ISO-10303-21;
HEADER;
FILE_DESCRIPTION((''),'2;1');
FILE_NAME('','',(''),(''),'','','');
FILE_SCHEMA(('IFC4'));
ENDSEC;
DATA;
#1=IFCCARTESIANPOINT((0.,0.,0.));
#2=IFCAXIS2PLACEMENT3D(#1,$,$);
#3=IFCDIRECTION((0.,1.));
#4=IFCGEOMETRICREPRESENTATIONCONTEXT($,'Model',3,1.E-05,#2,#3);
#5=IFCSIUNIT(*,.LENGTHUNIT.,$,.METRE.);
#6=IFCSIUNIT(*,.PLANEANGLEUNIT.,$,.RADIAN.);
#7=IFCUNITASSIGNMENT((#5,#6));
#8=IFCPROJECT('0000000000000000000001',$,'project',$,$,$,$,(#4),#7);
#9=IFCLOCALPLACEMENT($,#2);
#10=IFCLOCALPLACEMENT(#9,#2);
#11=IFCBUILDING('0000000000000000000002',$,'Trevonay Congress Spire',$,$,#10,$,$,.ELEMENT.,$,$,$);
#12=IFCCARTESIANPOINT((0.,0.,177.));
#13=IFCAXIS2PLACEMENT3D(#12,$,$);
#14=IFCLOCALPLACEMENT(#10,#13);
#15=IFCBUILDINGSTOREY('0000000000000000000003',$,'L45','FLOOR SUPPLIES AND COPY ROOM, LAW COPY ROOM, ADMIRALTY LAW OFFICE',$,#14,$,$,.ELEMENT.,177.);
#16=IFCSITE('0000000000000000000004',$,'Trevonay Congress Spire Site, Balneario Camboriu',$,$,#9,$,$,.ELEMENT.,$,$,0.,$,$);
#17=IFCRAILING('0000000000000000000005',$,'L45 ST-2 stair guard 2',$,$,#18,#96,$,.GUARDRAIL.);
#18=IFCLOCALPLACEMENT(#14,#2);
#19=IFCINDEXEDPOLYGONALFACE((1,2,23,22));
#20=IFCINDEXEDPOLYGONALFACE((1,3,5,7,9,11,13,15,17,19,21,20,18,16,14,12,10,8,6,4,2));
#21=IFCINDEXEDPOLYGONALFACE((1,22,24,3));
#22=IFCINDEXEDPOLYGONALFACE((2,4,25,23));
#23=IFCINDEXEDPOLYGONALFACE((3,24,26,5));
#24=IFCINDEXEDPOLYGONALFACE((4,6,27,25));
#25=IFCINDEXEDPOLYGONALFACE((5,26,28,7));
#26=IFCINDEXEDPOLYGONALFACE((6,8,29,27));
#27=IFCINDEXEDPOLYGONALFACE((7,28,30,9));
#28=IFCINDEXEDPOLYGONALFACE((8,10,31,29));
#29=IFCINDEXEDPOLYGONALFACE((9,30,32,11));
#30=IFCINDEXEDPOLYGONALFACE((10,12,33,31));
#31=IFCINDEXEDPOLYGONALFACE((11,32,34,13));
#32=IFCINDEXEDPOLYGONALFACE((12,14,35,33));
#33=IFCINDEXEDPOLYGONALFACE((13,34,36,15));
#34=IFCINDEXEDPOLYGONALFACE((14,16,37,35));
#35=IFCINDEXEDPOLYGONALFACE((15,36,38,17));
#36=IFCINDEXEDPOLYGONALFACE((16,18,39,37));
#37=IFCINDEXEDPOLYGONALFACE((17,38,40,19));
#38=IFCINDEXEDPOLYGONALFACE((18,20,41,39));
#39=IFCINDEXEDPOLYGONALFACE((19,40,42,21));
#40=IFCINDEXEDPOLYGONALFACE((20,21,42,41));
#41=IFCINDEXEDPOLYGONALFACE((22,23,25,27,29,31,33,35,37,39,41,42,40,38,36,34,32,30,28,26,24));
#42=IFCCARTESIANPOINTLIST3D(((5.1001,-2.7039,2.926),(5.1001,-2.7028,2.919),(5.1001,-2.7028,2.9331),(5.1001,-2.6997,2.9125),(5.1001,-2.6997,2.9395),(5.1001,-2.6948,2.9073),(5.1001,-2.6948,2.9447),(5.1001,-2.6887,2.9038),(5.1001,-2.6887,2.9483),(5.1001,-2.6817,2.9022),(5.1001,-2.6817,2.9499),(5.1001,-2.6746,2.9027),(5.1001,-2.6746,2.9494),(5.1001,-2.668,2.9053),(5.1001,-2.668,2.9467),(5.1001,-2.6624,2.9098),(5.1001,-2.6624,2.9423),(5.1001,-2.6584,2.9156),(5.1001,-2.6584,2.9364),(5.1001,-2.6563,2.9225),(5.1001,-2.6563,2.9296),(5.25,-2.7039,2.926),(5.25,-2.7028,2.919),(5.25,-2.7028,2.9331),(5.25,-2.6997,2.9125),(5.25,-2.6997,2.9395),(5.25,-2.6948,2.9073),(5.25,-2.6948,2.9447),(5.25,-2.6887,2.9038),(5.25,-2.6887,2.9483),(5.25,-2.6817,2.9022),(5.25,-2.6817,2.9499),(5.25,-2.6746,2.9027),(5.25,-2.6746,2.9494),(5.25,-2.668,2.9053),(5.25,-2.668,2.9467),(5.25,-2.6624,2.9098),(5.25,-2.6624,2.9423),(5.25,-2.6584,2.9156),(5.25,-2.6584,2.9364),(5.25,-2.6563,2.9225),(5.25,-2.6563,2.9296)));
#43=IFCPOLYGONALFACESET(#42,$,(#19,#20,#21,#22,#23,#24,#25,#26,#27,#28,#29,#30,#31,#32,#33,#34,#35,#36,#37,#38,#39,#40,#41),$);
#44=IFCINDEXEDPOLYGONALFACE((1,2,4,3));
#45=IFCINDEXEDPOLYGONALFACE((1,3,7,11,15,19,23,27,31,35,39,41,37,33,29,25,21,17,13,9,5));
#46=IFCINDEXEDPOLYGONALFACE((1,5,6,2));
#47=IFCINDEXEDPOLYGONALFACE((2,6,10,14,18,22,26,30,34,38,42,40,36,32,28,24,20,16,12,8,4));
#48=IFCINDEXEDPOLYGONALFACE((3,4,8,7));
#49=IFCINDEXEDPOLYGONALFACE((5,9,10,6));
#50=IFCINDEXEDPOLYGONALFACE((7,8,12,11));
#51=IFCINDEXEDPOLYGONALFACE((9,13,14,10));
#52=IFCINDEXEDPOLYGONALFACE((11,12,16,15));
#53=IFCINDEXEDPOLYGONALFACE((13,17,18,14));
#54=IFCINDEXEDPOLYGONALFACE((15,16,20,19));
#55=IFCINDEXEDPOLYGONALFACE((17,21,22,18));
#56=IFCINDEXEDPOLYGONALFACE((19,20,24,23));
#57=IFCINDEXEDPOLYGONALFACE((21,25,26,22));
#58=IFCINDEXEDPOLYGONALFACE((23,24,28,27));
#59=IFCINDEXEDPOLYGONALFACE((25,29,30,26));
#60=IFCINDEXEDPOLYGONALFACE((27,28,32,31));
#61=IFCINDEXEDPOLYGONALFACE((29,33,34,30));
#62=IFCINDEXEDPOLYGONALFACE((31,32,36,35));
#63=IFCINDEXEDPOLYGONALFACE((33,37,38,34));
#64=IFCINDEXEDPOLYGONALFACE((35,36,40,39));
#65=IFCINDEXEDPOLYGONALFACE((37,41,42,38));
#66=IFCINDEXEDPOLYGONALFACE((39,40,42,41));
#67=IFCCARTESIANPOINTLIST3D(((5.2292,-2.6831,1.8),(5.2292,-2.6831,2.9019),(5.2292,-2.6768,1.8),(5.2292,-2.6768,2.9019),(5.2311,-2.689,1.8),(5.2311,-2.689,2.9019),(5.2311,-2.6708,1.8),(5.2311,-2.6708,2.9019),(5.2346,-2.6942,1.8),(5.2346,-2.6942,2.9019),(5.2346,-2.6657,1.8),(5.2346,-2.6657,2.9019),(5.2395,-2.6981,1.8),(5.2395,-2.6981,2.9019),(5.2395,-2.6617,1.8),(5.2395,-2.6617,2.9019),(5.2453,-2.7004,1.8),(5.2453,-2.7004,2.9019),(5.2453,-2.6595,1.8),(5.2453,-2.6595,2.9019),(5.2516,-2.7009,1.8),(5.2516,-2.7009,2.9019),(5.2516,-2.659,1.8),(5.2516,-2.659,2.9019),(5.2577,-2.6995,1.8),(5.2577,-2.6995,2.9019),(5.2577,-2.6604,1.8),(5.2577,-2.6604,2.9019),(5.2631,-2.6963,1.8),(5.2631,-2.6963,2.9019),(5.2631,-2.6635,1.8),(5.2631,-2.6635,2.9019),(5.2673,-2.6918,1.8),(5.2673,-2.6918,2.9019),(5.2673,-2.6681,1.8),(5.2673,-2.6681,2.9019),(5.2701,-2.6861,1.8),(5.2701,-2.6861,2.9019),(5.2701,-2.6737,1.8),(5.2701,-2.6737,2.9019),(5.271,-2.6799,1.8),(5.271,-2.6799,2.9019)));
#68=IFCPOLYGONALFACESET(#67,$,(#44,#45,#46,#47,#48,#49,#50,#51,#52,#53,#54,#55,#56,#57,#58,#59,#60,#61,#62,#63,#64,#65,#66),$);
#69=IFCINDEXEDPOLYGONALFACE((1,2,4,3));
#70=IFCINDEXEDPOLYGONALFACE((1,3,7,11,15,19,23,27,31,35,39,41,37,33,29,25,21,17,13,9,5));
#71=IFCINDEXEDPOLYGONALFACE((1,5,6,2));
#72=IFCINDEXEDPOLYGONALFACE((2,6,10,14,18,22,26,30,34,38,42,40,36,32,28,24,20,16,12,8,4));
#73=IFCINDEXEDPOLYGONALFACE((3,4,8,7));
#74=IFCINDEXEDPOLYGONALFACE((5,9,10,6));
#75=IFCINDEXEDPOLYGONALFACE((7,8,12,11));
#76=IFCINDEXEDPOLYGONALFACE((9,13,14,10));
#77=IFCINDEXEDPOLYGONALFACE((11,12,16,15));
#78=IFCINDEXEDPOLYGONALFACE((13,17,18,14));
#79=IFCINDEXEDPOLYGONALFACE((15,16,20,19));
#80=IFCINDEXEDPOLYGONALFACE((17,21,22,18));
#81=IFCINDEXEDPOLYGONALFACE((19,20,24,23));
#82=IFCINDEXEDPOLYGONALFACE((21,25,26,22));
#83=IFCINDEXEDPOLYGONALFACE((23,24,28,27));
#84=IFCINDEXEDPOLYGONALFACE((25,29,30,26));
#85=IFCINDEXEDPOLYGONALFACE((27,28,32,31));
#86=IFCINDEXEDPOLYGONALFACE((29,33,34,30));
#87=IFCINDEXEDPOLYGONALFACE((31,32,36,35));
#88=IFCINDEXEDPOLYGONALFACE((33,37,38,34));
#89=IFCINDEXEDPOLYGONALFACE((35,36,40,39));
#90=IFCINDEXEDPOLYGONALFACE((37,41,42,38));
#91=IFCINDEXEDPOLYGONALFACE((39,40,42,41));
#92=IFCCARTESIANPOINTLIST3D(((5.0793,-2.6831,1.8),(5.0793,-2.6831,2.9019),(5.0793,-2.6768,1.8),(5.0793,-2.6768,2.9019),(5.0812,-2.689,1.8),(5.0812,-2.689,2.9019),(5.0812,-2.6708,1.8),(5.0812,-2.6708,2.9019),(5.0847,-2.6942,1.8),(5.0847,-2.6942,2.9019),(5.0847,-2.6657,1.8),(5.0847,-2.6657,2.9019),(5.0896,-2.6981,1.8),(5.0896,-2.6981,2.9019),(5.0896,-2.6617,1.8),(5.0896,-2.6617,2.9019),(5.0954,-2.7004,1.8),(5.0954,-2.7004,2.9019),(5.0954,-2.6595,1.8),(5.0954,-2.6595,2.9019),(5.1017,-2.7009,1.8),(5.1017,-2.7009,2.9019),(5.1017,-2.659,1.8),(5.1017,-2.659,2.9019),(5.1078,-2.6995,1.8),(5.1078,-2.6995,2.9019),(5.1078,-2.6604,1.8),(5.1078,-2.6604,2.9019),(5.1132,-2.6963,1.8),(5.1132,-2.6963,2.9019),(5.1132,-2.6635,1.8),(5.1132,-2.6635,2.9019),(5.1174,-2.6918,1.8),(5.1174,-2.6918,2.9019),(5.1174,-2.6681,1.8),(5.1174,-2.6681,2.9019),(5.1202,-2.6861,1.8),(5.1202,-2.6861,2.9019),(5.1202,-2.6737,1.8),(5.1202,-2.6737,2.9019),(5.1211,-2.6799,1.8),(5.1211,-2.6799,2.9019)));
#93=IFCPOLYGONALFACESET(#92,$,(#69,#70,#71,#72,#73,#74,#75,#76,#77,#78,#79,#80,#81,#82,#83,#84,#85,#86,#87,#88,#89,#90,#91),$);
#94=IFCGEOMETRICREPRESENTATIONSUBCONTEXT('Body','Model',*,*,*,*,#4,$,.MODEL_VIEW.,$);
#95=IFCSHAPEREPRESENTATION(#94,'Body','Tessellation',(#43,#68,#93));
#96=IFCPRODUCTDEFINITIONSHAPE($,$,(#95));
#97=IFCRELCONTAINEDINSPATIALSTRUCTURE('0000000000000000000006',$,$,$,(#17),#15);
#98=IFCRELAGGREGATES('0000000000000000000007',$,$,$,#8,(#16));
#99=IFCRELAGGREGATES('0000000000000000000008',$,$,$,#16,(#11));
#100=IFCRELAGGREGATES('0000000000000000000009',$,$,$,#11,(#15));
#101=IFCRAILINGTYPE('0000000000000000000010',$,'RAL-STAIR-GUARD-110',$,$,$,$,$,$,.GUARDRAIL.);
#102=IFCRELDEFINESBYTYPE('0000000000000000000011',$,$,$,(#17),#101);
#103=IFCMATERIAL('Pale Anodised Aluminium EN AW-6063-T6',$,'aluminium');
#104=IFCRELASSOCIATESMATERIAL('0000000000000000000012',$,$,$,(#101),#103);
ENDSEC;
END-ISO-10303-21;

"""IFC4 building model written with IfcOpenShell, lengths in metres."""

from ifc_helpers import new_model, si_unit, direction, frame, origin, origin_2d, place, context, subcontext, project, spatial, circle, extrude, material, type_object, element, save


model = new_model("IFC4")

# Units and contexts
model_context = context("Model", 3, precision=1e-05, world=origin(), true_north=direction((0.0, 1.0)))
body_context = subcontext(model_context, "Body", "Model", "MODEL_VIEW")
ifc_project = project(units=[si_unit("LENGTHUNIT", "METRE"), si_unit("PLANEANGLEUNIT", "RADIAN")], contexts=[model_context])

# Site, building, storey
site_placement = place(None, origin())
site = spatial("IfcSite", under=ifc_project, at=site_placement, Name="Trevonay Congress Spire Site, Balneario Camboriu", CompositionType="ELEMENT", RefElevation=0.0)
building_placement = place(site_placement, origin())
building = spatial("IfcBuilding", under=site, at=building_placement, Name="Trevonay Congress Spire", CompositionType="ELEMENT")
storey_placement = place(building_placement, frame((0.0, 0.0, 177.0)))
storey = spatial("IfcBuildingStorey", under=building, at=storey_placement, Name="L45", Description="FLOOR SUPPLIES AND COPY ROOM, LAW COPY ROOM, ADMIRALTY LAW OFFICE", CompositionType="ELEMENT", Elevation=177.0)

# Shared definitions
ifc_material_1 = material(Name="Pale Anodised Aluminium EN AW-6063-T6", Category="aluminium")

# Railing
railing_type_1 = type_object("IfcRailingType", Name="RAL-STAIR-GUARD-110", PredefinedType="GUARDRAIL", material=ifc_material_1)
railing_1_placement = place(storey_placement, frame((5.25, -2.6799, 1.8)))
element("IfcRailing", 1, at=railing_1_placement, inside=storey, type_object=railing_type_1, Name="L45 ST-2 stair guard 2", PredefinedType="GUARDRAIL", context=body_context, shape_type="SweptSolid", body=[
    extrude(circle(Radius=0.0239, at=origin_2d()), frame((0.0, 0.0, 1.126), z_axis=(-1.0, 0.0, 0.0), x_axis=(0.0, -1.0, 0.0)), (0.0, 0.0, 1.0), 0.1499),
    extrude(circle(Radius=0.021, at=origin_2d()), origin(), (0.0, 0.0, 1.0), 1.1018),
    extrude(circle(Radius=0.021, at=origin_2d()), frame((-0.1499, 0.0, 0.0)), (0.0, 0.0, 1.0), 1.1018),
])

save(model, "model.ifc")
